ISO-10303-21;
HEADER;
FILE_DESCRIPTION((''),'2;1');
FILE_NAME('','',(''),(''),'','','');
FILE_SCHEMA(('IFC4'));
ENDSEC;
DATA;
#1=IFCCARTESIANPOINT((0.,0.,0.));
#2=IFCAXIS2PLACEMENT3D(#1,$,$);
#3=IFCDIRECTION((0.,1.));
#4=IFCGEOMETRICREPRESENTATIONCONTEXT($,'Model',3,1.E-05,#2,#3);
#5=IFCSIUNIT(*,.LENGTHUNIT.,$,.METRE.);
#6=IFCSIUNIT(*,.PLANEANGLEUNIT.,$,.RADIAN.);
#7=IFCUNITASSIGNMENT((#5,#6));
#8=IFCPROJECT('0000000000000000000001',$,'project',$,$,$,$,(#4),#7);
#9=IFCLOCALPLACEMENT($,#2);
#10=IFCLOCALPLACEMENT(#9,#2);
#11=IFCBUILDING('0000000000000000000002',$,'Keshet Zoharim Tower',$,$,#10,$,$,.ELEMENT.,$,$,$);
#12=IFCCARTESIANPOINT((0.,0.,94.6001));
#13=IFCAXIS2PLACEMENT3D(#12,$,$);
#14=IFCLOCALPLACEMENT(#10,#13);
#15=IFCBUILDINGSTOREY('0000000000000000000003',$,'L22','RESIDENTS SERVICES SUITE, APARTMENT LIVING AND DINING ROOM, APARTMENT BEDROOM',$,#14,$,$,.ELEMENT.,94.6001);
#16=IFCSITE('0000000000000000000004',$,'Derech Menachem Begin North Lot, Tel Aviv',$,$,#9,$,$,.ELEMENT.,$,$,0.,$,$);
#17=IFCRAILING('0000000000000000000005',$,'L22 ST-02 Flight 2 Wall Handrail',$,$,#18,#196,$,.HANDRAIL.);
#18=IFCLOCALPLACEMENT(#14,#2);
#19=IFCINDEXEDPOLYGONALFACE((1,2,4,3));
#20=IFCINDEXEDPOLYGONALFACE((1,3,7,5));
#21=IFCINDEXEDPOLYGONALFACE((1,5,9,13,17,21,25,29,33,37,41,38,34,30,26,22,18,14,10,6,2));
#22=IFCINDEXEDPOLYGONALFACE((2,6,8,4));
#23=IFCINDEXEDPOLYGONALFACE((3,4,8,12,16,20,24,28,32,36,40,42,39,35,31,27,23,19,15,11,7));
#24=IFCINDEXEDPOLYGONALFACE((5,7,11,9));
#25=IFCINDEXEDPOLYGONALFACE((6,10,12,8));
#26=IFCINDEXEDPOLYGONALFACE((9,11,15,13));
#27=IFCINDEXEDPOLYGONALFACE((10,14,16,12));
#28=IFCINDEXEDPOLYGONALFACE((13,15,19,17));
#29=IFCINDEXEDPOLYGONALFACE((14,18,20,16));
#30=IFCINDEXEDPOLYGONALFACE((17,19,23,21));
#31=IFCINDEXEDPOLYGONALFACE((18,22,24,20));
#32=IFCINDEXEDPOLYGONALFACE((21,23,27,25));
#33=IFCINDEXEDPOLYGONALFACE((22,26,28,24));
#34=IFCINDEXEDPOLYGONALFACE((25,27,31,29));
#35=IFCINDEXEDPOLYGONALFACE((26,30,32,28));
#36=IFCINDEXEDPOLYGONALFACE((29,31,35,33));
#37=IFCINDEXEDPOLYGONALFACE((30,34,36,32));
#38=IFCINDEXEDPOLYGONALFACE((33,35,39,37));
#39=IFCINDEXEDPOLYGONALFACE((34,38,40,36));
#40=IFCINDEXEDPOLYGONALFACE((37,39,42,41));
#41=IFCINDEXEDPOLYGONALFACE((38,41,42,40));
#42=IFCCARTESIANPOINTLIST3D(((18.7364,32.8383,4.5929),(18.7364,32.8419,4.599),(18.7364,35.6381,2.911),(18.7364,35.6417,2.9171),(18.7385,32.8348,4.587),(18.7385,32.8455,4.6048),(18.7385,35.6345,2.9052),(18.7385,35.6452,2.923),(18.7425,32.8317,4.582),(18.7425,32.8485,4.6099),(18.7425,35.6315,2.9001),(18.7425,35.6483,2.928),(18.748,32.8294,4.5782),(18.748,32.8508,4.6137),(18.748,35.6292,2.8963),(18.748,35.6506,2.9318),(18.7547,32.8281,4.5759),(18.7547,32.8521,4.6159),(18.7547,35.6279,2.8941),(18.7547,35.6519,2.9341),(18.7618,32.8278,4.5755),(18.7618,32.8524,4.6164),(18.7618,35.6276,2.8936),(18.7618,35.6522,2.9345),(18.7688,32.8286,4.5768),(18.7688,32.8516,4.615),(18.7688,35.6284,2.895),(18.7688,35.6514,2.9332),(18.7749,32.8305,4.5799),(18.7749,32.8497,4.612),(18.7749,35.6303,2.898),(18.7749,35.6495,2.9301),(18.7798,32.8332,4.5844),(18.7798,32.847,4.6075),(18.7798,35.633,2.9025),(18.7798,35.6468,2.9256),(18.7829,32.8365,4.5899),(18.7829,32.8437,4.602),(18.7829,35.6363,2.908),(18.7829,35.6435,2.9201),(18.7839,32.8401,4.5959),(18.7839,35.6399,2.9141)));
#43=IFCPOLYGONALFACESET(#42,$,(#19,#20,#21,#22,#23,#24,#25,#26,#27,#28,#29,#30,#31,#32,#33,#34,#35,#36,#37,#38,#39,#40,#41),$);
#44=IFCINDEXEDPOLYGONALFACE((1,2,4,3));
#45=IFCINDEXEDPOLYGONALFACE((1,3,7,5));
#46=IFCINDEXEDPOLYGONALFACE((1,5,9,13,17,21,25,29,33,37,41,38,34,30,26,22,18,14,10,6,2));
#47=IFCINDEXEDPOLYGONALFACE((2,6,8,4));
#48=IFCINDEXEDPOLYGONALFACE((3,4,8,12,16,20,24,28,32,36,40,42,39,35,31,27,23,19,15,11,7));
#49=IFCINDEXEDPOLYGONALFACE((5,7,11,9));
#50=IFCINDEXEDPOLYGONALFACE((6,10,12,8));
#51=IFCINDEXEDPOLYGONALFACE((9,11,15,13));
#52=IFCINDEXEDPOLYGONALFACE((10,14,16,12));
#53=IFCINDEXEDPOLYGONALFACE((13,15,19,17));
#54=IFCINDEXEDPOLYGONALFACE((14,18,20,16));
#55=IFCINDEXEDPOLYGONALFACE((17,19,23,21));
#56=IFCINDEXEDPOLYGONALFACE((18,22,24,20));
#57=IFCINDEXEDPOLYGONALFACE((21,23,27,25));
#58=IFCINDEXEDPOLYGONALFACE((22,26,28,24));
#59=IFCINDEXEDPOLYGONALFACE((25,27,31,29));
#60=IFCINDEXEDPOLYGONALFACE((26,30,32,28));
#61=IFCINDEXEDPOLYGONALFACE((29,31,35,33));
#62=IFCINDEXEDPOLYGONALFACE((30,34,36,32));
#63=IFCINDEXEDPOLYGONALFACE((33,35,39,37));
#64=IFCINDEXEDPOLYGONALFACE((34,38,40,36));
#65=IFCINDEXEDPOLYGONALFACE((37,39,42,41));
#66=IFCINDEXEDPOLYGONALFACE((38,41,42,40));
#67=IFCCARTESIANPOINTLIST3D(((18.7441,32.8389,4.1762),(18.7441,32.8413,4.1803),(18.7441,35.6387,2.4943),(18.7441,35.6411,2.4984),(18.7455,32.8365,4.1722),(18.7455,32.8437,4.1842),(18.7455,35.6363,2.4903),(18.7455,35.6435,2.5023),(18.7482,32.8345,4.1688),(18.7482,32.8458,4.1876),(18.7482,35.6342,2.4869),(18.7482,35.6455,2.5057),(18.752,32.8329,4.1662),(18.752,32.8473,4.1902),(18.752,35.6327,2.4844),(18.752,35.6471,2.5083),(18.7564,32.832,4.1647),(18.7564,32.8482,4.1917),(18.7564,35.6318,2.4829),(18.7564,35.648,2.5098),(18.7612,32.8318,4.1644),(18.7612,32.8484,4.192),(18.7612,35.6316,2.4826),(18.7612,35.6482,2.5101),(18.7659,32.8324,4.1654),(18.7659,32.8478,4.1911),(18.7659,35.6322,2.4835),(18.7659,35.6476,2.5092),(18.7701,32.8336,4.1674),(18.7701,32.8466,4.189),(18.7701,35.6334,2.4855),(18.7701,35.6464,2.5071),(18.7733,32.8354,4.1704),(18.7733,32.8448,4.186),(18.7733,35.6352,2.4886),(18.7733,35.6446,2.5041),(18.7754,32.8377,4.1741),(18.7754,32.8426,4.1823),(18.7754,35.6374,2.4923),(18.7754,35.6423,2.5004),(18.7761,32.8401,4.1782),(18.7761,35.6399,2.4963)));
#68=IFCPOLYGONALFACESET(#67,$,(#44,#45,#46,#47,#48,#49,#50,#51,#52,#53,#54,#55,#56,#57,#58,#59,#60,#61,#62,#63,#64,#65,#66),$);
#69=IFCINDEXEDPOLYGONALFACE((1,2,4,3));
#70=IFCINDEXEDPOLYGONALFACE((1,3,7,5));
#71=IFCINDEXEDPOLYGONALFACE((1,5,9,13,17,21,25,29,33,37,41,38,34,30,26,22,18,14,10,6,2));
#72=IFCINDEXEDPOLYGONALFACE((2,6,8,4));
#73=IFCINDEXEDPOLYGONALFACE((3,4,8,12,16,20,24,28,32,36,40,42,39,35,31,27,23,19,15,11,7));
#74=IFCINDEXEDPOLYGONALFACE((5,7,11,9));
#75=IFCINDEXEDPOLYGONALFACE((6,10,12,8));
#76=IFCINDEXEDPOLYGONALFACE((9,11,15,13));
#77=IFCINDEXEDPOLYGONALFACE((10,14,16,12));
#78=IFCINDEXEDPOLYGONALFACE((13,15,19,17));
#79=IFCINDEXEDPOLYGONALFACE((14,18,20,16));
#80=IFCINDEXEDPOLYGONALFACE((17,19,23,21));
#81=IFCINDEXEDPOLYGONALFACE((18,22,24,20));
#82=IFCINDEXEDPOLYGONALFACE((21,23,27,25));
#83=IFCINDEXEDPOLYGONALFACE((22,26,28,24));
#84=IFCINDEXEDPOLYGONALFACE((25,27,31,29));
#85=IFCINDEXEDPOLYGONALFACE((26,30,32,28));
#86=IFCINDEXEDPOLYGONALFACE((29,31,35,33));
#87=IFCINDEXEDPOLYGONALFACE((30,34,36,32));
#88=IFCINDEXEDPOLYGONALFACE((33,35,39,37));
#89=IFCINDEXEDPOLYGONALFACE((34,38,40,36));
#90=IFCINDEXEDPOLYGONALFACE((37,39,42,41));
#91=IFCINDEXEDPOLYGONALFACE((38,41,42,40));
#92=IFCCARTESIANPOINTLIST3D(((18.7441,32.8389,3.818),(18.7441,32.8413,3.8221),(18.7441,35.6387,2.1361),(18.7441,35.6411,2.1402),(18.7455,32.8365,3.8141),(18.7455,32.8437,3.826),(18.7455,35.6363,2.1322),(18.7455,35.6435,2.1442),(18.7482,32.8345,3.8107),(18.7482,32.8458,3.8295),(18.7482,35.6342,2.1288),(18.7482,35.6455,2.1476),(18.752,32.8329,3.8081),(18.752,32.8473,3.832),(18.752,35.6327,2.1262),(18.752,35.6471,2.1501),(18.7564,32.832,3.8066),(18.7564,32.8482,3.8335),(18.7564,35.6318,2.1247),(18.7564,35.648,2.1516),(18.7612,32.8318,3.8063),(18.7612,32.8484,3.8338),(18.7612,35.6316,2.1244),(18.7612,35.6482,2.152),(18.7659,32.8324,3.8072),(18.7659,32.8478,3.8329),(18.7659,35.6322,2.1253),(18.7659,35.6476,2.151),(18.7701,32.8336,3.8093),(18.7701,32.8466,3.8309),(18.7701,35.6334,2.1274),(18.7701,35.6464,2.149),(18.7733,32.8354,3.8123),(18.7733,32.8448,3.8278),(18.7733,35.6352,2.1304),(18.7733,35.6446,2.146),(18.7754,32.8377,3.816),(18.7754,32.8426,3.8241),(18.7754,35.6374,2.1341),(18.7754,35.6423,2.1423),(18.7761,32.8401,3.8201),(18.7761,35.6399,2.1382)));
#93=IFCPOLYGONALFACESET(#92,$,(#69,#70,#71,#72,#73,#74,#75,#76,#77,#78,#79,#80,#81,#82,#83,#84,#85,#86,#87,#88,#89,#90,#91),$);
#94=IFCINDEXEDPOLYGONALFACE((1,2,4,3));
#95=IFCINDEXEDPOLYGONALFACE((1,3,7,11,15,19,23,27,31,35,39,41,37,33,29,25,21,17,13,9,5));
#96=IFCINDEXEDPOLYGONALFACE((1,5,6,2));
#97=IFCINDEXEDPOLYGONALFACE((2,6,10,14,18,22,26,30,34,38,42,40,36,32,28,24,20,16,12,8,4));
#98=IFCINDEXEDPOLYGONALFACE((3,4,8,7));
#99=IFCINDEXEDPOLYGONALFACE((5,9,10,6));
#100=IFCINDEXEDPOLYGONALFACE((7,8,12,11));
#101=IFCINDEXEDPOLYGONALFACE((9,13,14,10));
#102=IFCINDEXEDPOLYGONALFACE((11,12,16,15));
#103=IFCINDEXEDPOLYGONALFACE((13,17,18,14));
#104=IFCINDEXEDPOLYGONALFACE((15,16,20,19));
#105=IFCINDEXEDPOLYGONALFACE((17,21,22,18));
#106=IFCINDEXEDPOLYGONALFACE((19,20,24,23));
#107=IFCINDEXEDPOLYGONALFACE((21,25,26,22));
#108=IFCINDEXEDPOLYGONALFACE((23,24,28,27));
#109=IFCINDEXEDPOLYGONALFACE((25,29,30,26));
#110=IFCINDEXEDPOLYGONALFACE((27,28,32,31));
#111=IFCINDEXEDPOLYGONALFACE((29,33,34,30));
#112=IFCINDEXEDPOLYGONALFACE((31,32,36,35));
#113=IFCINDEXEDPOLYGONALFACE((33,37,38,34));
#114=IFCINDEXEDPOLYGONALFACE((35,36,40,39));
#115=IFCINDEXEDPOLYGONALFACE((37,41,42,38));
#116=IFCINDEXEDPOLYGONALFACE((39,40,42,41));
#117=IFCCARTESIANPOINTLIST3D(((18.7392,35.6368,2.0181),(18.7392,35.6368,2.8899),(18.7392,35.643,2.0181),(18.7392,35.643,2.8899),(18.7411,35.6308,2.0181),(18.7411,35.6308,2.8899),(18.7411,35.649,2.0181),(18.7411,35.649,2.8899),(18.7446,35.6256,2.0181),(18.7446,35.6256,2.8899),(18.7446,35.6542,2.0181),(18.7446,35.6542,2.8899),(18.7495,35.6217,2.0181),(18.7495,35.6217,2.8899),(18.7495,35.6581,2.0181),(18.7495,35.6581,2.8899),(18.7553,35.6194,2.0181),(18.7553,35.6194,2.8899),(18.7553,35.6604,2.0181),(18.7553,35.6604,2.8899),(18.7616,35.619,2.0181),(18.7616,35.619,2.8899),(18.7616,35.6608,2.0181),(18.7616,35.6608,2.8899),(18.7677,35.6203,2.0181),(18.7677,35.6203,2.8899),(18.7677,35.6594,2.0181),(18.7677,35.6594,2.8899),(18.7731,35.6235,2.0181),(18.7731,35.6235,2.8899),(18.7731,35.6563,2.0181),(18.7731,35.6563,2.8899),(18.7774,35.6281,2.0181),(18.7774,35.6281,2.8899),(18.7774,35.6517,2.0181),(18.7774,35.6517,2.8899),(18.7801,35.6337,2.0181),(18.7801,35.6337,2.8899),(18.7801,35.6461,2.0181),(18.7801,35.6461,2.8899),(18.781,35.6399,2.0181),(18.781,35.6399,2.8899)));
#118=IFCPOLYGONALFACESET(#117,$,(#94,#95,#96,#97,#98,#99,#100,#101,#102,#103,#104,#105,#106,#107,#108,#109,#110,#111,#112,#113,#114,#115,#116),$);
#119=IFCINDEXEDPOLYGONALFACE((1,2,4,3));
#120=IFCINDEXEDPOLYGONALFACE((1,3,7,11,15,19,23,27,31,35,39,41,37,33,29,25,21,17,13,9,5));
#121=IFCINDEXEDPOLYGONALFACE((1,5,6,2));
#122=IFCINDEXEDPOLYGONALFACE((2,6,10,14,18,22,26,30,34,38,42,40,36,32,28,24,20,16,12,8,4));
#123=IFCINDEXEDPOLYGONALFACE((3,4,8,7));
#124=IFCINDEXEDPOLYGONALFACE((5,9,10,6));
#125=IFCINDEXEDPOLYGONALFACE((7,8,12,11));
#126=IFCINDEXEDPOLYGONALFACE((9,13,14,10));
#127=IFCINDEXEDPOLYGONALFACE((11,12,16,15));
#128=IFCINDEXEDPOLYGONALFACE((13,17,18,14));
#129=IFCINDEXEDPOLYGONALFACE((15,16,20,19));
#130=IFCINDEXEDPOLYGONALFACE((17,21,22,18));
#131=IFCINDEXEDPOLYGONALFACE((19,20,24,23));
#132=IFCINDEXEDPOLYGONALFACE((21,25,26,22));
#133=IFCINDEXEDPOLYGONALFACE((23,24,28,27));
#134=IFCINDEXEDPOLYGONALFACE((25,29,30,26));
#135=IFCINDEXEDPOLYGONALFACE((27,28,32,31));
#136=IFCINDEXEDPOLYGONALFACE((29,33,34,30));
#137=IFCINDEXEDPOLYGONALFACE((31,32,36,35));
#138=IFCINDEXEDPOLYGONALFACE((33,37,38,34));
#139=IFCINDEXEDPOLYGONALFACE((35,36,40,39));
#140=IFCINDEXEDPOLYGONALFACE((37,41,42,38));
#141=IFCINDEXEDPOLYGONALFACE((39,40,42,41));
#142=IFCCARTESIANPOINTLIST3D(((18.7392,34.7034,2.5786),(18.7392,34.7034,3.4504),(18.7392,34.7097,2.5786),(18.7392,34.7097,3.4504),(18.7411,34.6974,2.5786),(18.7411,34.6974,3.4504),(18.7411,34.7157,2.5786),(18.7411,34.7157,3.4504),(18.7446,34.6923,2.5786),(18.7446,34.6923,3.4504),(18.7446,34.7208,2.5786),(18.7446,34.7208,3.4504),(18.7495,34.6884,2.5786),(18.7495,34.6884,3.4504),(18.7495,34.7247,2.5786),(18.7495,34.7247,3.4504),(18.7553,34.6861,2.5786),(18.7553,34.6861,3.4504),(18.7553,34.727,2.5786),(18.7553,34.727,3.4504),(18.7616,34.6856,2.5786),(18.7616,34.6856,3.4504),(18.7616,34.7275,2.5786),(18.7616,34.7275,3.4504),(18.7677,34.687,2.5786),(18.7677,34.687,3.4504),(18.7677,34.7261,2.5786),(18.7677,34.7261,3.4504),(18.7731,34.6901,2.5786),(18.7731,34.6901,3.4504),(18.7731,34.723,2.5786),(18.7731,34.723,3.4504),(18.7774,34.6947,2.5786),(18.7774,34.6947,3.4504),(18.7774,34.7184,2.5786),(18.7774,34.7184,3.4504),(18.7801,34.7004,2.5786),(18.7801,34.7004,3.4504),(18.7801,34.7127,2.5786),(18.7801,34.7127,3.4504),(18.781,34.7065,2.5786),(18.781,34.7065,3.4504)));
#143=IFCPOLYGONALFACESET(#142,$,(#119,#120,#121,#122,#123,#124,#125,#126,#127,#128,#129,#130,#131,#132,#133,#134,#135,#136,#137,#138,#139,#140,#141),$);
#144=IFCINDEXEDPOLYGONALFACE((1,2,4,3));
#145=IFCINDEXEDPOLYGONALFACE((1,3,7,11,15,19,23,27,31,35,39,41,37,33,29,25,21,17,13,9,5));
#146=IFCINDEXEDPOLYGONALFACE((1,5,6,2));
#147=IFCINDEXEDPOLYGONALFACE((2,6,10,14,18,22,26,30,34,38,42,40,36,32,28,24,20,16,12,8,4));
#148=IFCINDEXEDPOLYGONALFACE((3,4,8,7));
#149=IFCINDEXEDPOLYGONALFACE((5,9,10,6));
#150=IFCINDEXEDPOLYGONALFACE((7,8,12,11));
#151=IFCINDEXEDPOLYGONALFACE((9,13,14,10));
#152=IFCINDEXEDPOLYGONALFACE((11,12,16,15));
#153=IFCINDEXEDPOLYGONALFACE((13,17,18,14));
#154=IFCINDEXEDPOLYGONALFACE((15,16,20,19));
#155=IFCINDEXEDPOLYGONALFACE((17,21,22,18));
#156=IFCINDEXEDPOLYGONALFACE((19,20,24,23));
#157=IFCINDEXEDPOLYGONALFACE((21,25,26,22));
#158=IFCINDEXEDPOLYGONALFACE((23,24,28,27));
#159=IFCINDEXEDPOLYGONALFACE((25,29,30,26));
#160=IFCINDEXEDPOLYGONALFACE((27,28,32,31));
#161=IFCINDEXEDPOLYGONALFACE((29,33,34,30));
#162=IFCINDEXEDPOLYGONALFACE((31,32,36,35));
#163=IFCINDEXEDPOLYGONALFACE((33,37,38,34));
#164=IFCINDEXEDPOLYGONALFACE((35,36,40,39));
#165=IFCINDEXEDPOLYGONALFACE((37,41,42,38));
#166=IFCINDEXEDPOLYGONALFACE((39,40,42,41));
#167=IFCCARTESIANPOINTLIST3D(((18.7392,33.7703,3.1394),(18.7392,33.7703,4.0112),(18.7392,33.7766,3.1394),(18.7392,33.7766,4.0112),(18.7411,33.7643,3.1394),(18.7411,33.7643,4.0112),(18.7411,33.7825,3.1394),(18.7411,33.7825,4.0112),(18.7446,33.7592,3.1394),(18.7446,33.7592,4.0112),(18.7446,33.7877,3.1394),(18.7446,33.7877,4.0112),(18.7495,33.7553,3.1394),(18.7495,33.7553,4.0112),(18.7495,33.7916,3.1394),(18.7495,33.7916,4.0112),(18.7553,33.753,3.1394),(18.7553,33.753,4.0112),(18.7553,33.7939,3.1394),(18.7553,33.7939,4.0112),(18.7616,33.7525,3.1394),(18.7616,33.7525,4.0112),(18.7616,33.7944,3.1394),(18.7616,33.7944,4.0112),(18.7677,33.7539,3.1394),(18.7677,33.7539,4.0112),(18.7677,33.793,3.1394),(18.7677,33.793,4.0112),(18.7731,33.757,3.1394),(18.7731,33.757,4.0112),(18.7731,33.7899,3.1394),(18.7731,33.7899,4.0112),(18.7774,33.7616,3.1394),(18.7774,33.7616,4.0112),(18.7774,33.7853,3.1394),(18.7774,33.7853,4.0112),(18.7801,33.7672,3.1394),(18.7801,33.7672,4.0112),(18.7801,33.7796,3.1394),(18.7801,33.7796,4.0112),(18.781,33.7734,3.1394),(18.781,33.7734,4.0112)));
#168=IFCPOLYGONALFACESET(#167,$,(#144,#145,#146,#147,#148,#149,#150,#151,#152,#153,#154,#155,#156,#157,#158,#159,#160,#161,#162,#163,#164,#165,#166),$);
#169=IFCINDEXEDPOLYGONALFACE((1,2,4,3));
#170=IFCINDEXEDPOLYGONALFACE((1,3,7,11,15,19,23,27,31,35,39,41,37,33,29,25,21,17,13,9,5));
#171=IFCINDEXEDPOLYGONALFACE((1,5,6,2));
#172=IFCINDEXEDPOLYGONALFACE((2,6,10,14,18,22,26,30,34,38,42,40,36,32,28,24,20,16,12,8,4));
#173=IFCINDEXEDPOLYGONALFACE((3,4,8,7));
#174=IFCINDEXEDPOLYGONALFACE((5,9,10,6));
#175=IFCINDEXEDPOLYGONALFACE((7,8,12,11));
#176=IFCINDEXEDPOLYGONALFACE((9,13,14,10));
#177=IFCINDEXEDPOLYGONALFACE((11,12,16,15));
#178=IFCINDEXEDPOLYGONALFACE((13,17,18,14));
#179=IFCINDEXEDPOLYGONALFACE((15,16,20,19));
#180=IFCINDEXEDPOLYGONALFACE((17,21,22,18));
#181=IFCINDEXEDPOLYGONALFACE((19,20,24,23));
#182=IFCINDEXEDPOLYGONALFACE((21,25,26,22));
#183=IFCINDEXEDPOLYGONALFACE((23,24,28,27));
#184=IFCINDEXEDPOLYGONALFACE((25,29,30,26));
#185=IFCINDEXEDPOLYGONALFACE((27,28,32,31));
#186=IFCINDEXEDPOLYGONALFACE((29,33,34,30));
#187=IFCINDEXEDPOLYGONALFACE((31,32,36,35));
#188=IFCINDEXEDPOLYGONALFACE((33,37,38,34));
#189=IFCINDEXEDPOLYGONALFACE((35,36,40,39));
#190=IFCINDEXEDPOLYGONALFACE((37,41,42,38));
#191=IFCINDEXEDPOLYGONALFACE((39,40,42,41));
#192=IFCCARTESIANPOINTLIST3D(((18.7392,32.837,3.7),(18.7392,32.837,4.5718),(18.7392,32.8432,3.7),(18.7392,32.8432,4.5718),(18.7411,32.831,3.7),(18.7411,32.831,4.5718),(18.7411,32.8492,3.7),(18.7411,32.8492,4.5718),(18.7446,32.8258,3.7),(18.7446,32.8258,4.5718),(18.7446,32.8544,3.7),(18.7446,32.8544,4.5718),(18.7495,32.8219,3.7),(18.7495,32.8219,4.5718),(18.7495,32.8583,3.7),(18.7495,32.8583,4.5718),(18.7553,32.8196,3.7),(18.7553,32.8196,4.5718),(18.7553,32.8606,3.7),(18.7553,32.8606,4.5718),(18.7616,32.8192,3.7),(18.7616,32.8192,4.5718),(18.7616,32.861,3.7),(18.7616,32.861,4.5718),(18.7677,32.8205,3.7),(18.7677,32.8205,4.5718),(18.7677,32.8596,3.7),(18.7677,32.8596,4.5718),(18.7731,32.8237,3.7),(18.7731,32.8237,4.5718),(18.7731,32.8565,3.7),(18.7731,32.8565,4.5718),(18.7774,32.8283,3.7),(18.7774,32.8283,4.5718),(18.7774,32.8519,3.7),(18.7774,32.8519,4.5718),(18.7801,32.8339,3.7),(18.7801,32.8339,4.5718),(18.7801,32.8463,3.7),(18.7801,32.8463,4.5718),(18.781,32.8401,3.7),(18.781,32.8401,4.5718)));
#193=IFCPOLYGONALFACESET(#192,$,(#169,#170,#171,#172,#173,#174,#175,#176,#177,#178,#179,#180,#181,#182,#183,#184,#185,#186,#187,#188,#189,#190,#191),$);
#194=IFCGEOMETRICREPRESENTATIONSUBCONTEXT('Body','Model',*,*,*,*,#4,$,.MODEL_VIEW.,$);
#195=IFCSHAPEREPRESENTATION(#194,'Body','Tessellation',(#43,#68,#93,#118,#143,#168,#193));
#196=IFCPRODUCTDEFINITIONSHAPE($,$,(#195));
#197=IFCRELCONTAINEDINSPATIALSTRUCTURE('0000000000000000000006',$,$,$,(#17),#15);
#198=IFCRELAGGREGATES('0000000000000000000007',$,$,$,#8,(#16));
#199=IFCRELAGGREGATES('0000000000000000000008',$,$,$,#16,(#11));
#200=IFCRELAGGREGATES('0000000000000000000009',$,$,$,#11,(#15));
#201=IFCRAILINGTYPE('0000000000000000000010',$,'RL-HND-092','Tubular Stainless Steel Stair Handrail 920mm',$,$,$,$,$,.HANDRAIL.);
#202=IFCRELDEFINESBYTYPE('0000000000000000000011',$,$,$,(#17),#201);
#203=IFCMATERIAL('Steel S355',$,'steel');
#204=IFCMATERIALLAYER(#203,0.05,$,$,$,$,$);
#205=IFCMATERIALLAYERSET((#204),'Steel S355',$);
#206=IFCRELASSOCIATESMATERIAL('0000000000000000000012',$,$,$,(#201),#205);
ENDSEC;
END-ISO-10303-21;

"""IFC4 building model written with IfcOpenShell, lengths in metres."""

from ifc_helpers import new_model, si_unit, direction, frame, origin, origin_2d, place, context, subcontext, project, spatial, circle, extrude, material, layer, layer_set, type_object, element, save


model = new_model("IFC4")

# Units and contexts
model_context = context("Model", 3, precision=1e-05, world=origin(), true_north=direction((0.0, 1.0)))
body_context = subcontext(model_context, "Body", "Model", "MODEL_VIEW")
ifc_project = project(units=[si_unit("LENGTHUNIT", "METRE"), si_unit("PLANEANGLEUNIT", "RADIAN")], contexts=[model_context])

# Site, building, storey
site_placement = place(None, origin())
site = spatial("IfcSite", under=ifc_project, at=site_placement, Name="Derech Menachem Begin North Lot, Tel Aviv", CompositionType="ELEMENT", RefElevation=0.0)
building_placement = place(site_placement, origin())
building = spatial("IfcBuilding", under=site, at=building_placement, Name="Keshet Zoharim Tower", CompositionType="ELEMENT")
storey_placement = place(building_placement, frame((0.0, 0.0, 94.6001)))
storey = spatial("IfcBuildingStorey", under=building, at=storey_placement, Name="L22", Description="RESIDENTS SERVICES SUITE, APARTMENT LIVING AND DINING ROOM, APARTMENT BEDROOM", CompositionType="ELEMENT", Elevation=94.6001)

# Shared definitions
ifc_material_1 = material(Name="Steel S355", Category="steel")

# Railing
ifc_layer_1 = layer(ifc_material_1, 0.05)
ifc_layer_set_1 = layer_set([ifc_layer_1], Name="Steel S355")
railing_type = type_object("IfcRailingType", Name="RL-HND-092", Description="Tubular Stainless Steel Stair Handrail 920mm", PredefinedType="HANDRAIL", material=ifc_layer_set_1)
railing_placement = place(storey_placement, frame((18.76, 35.6399, 2.0181)))
element("IfcRailing", 1, at=railing_placement, inside=storey, type_object=railing_type, Name="L22 ST-02 Flight 2 Wall Handrail", PredefinedType="HANDRAIL", context=body_context, shape_type="SweptSolid", body=[
    extrude(circle(Radius=0.0239, at=origin_2d()), frame((0.0, 0.0, 0.896), z_axis=(0.0, -0.857222, 0.514946), x_axis=(1.0, 0.0, 0.0)), (0.0, 0.0, 1.0), 3.2661),
    extrude(circle(Radius=0.0161, at=origin_2d()), frame((0.0, 0.0, 0.4783), z_axis=(0.0, -0.857222, 0.514946), x_axis=(1.0, 0.0, 0.0)), (0.0, 0.0, 1.0), 3.2661),
    extrude(circle(Radius=0.0161, at=origin_2d()), frame((0.0, 0.0, 0.1201), z_axis=(0.0, -0.857222, 0.514946), x_axis=(1.0, 0.0, 0.0)), (0.0, 0.0, 1.0), 3.2661),
    extrude(circle(Radius=0.021, at=origin_2d()), origin(), (0.0, 0.0, 1.0), 0.8718),
    extrude(circle(Radius=0.021, at=origin_2d()), frame((0.0, -0.9333, 0.5605)), (0.0, 0.0, 1.0), 0.8718),
    extrude(circle(Radius=0.021, at=origin_2d()), frame((0.0, -1.8665, 1.1213)), (0.0, 0.0, 1.0), 0.8718),
    extrude(circle(Radius=0.021, at=origin_2d()), frame((0.0, -2.7998, 1.6819)), (0.0, 0.0, 1.0), 0.8718),
])

save(model, "model.ifc")
